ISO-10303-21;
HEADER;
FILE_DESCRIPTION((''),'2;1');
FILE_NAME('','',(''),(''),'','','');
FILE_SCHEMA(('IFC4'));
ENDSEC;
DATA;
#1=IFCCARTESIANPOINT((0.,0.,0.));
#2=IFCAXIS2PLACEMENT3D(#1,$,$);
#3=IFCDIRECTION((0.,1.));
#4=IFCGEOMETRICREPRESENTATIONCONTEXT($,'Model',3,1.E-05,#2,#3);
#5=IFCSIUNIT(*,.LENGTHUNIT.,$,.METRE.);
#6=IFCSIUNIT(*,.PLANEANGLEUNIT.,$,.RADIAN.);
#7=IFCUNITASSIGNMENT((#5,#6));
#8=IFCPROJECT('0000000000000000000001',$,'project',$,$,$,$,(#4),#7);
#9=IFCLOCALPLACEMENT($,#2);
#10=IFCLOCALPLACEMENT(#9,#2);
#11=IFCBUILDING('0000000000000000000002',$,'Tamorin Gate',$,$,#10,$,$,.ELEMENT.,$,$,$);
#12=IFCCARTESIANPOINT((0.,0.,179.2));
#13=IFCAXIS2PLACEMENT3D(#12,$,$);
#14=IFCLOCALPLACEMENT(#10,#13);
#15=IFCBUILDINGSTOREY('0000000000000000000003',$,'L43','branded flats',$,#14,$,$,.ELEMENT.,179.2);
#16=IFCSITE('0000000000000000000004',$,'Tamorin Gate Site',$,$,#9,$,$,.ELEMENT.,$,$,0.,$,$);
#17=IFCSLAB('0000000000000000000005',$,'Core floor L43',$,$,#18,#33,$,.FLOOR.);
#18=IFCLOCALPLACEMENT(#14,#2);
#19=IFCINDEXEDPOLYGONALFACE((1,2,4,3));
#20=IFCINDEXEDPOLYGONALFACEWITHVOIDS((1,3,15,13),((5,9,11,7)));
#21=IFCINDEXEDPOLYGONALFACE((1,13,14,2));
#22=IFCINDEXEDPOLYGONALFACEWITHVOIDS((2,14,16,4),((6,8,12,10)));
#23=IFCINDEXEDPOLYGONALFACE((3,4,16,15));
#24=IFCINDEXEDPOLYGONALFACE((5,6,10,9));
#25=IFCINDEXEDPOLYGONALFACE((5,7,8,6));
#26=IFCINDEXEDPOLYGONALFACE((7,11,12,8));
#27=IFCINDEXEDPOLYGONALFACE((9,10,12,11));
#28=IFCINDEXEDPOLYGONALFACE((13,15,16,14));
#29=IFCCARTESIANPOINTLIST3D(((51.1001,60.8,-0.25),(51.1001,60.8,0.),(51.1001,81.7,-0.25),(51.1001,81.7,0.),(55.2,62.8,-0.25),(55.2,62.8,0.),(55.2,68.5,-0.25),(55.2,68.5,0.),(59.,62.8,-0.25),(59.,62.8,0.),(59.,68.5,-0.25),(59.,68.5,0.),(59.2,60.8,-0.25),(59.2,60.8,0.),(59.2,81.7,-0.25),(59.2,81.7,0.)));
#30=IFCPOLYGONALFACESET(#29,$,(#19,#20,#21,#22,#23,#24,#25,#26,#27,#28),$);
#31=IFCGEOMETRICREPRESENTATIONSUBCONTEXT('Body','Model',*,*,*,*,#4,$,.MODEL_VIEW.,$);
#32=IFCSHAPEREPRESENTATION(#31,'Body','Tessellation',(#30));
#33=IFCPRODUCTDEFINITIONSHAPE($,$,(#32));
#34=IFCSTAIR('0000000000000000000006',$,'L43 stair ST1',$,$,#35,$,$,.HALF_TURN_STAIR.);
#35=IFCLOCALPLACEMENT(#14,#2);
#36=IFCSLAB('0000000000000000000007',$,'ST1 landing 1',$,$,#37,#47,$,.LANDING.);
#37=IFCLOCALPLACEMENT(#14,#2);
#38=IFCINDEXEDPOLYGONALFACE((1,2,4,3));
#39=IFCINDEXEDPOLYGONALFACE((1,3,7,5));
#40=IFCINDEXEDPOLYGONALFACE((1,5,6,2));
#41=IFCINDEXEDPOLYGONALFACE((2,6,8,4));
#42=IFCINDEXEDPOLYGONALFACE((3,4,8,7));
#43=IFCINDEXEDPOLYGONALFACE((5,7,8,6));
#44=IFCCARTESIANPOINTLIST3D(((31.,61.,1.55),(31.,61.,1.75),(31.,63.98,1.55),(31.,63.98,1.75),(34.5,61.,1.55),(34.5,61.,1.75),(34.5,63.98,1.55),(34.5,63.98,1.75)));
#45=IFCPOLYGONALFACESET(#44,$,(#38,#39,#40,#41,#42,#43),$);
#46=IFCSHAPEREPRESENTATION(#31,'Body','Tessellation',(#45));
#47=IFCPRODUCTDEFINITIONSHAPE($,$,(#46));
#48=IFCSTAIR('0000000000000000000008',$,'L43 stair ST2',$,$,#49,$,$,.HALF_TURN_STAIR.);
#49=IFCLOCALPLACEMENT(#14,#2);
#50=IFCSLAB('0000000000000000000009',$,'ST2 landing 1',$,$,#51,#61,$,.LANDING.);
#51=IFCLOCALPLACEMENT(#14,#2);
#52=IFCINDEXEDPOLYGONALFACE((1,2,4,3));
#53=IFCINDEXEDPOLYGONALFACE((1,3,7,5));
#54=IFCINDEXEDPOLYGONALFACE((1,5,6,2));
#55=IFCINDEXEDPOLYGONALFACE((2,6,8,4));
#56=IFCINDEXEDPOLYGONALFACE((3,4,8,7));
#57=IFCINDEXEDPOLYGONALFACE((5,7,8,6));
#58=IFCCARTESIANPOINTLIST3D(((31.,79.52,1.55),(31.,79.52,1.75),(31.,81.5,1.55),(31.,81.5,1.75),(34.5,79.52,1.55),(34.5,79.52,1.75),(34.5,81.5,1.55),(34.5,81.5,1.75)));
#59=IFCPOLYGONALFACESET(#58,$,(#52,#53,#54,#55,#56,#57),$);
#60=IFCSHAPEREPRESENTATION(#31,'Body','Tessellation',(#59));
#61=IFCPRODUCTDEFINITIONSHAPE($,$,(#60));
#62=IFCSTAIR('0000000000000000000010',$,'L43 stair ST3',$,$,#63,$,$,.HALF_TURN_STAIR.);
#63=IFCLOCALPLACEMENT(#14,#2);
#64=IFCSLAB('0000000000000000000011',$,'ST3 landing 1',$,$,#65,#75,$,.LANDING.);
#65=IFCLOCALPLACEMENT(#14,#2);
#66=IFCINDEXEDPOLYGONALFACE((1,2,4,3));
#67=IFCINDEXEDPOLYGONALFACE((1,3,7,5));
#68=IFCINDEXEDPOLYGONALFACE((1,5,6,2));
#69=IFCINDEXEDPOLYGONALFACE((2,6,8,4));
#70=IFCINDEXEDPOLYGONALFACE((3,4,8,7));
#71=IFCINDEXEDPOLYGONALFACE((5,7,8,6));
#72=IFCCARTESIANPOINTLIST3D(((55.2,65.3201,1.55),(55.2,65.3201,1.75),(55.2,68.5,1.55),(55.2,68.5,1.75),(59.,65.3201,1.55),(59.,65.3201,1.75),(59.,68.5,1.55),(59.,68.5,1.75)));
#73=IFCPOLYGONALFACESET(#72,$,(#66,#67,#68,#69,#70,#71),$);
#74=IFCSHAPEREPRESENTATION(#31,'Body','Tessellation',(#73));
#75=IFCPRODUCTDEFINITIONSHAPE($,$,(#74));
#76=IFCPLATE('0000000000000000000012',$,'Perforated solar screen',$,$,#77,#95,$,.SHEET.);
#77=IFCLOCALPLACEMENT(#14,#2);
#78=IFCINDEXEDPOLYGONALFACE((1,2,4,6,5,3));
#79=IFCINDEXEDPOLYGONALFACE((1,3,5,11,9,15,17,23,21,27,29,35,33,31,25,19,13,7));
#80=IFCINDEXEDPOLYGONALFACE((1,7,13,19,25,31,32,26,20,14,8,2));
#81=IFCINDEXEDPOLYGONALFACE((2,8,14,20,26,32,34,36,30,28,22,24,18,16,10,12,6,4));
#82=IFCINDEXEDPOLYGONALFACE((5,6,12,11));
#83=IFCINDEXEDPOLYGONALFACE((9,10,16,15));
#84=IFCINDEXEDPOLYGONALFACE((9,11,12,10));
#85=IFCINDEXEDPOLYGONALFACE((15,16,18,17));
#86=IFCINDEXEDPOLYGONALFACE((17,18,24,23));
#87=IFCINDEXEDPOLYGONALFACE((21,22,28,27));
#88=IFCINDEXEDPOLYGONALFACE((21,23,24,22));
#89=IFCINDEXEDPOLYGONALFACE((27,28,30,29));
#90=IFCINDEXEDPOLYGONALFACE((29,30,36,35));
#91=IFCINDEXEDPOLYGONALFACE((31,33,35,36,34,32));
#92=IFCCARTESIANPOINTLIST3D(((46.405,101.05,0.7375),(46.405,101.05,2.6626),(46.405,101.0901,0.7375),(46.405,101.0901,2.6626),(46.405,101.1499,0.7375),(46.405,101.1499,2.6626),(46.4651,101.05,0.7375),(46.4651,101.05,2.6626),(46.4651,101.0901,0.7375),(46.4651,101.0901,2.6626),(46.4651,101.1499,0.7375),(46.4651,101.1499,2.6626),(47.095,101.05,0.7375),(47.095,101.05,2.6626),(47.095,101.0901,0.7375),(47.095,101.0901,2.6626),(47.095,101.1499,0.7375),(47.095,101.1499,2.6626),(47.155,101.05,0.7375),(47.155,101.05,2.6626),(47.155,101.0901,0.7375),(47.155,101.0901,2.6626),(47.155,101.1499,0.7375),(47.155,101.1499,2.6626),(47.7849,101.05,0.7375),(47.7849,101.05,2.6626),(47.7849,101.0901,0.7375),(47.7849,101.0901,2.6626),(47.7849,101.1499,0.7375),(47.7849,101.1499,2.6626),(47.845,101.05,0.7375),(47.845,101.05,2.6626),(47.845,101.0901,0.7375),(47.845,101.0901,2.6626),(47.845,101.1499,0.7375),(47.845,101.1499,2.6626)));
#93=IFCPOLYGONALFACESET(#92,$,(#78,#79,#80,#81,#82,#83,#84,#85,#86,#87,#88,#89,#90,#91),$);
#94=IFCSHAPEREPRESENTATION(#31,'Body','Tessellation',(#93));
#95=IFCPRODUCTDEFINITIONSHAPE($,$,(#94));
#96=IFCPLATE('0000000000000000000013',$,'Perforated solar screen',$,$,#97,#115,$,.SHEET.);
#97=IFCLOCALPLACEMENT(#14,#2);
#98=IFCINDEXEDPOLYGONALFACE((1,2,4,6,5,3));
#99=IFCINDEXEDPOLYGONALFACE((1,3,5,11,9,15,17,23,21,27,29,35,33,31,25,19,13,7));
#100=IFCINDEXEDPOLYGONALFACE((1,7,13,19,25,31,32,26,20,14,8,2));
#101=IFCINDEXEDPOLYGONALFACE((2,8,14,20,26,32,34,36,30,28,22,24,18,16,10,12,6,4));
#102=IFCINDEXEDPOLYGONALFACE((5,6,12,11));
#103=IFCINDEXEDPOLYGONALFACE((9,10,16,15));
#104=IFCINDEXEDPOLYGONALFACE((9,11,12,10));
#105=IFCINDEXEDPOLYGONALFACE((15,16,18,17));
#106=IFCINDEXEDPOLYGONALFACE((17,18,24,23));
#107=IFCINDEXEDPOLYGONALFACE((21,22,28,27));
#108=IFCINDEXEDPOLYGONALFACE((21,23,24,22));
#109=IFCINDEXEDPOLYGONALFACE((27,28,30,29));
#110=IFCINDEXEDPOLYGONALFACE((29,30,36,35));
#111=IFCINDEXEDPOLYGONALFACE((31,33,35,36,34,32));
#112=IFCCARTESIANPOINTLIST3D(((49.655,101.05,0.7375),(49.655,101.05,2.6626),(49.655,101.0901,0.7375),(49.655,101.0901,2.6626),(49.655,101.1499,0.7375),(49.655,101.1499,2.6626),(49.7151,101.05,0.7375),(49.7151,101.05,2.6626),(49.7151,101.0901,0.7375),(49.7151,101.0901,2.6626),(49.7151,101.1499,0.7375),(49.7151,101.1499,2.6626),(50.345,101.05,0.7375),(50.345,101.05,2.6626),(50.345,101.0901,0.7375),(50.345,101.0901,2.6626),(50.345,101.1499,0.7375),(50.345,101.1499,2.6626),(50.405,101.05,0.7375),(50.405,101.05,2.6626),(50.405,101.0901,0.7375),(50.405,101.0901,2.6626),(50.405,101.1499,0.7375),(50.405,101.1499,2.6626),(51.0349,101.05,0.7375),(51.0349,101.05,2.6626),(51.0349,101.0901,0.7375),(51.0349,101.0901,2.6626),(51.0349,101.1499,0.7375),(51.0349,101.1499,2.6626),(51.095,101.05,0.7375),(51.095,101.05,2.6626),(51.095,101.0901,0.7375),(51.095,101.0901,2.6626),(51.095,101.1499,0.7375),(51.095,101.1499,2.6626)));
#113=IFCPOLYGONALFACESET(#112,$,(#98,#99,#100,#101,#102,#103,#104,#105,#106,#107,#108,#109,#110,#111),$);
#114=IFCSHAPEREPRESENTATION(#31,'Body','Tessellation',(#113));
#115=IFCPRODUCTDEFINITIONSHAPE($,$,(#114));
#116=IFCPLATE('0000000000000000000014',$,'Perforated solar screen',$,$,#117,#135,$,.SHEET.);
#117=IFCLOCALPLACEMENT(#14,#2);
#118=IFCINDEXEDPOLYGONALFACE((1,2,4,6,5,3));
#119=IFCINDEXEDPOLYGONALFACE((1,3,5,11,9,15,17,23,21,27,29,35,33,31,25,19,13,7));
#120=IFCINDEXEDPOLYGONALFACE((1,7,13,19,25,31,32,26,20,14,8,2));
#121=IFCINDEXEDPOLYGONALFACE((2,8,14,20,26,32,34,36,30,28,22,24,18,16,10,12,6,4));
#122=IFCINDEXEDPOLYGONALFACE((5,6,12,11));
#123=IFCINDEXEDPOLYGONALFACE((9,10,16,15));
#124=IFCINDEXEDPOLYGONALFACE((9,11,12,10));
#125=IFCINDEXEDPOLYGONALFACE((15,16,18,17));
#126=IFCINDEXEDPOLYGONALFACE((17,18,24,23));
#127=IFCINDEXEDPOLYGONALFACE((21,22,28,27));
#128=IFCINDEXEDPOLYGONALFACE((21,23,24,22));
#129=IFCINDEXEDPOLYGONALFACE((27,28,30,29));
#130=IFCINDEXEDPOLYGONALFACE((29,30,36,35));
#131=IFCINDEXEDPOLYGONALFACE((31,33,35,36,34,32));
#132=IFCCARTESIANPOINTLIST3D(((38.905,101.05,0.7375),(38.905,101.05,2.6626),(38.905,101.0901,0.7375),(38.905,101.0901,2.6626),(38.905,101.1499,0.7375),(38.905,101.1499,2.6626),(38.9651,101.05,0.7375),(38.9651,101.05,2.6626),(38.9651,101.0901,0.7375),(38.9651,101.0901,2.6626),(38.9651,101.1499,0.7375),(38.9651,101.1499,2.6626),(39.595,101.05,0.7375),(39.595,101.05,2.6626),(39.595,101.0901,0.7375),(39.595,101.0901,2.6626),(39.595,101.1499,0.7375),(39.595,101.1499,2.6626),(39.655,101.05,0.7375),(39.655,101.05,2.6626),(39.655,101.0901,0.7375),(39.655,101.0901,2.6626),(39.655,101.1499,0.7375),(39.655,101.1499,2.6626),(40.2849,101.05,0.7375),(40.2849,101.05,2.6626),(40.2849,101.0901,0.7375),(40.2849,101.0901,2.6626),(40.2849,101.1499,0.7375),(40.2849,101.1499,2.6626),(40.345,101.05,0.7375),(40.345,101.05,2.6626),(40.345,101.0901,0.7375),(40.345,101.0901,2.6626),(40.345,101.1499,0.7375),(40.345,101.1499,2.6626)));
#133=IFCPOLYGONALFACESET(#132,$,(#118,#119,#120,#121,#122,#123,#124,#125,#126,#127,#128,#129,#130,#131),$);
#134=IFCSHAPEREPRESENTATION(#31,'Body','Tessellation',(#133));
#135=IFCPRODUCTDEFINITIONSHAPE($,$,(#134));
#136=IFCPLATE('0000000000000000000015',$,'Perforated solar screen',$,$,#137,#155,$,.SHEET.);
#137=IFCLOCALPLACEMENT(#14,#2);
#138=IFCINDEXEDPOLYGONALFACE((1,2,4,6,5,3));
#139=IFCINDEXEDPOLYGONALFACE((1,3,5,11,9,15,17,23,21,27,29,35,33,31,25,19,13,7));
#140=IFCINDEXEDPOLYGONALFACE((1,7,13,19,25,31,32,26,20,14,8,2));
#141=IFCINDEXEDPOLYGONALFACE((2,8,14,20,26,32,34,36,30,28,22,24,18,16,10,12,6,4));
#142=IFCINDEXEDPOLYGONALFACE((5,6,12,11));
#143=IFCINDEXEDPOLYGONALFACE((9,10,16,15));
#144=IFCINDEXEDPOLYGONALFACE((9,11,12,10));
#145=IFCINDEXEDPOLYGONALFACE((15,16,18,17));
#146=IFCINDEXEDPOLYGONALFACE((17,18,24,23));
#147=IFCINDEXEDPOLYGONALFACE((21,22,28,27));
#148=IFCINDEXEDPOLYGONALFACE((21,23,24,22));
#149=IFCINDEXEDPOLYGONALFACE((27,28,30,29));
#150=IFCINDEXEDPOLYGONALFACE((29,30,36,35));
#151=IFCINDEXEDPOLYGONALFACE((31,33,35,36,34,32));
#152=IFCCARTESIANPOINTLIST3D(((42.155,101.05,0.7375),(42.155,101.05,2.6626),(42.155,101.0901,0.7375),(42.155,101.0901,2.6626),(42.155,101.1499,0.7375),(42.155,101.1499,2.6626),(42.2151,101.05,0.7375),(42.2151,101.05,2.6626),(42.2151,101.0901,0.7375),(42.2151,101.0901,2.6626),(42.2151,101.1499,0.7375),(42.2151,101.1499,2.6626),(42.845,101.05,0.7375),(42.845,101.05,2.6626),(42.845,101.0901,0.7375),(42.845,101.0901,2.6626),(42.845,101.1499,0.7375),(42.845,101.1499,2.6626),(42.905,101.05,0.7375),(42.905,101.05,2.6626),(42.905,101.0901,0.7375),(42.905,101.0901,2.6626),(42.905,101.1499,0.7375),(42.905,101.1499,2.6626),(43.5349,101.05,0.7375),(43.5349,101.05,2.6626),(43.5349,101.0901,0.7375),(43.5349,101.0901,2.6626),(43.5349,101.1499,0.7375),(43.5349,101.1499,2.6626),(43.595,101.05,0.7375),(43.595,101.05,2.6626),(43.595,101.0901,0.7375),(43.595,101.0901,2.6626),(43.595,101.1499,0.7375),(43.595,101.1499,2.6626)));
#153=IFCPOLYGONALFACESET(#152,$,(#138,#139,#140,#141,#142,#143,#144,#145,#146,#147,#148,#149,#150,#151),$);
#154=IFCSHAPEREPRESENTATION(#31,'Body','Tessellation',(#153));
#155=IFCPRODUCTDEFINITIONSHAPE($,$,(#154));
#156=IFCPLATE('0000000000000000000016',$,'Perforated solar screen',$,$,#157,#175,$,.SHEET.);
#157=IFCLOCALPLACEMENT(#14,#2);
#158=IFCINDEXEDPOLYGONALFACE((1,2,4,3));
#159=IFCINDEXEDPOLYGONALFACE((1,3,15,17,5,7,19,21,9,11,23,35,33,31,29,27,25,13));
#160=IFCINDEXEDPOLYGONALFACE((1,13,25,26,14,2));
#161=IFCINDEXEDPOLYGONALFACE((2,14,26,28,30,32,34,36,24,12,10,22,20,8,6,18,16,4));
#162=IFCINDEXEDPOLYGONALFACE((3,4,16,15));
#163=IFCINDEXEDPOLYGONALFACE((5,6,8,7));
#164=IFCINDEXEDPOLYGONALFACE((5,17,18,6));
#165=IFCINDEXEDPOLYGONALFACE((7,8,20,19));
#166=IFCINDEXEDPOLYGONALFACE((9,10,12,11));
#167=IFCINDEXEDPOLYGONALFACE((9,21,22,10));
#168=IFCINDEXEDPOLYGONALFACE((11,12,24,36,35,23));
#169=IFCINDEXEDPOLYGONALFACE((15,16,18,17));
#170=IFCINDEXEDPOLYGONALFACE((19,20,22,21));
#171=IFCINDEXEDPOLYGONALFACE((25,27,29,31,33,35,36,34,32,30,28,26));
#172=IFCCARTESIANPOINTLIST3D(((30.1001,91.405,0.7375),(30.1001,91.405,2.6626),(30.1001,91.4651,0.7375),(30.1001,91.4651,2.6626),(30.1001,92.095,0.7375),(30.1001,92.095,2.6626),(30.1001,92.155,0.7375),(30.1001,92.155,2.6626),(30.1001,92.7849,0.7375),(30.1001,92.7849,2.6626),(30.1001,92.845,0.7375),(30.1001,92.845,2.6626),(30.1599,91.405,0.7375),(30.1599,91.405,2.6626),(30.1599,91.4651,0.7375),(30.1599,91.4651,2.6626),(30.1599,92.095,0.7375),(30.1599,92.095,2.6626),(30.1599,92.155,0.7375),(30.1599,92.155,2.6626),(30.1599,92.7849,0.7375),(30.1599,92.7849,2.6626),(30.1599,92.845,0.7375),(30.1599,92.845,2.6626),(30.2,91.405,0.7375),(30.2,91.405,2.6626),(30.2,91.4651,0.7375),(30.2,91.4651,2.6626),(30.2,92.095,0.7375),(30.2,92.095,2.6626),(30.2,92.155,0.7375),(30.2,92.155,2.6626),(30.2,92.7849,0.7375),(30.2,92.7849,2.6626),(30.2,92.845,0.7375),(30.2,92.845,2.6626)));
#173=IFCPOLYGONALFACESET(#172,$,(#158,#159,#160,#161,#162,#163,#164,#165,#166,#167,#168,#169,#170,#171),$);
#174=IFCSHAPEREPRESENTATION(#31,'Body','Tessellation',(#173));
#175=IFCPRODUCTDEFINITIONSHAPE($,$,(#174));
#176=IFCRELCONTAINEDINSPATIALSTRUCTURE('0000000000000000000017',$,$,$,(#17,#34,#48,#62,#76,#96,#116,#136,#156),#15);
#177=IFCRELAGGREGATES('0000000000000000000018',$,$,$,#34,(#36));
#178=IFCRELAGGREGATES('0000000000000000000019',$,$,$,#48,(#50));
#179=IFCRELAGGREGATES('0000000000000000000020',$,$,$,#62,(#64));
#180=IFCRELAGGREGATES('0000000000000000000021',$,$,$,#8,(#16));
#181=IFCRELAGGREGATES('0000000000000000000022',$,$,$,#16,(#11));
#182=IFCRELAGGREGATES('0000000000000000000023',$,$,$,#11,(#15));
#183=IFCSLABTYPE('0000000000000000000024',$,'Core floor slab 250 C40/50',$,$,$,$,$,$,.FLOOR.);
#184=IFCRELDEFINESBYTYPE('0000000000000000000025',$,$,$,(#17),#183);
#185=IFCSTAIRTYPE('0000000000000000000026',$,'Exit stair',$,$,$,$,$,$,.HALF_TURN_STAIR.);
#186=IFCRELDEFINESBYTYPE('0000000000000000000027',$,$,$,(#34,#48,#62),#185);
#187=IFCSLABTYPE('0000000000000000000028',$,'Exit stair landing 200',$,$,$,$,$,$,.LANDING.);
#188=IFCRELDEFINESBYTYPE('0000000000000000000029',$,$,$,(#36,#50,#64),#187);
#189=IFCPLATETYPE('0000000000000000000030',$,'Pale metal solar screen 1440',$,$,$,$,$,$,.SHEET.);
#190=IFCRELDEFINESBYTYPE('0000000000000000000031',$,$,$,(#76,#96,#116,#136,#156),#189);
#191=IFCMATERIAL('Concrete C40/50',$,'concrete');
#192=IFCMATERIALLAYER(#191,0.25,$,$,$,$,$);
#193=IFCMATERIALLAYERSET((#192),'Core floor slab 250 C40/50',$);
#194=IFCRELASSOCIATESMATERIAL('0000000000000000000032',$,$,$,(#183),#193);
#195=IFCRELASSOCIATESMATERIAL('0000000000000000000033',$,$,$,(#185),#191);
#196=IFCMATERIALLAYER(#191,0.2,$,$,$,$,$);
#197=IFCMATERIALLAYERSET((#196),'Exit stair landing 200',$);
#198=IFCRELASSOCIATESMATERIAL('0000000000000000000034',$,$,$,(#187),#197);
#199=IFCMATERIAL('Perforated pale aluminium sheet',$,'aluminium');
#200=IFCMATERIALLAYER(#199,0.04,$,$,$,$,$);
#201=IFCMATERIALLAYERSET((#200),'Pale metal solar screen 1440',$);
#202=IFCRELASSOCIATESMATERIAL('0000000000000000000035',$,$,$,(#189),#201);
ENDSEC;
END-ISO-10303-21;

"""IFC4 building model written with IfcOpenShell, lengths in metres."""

from ifc_helpers import new_model, si_unit, direction, frame, origin, place, context, subcontext, project, spatial, polyline, outline, extrude, material, layer, layer_set, type_object, element, aggregate, save


model = new_model("IFC4")

# Units and contexts
model_context = context("Model", 3, precision=1e-05, world=origin(), true_north=direction((0.0, 1.0)))
body_context = subcontext(model_context, "Body", "Model", "MODEL_VIEW")
ifc_project = project(units=[si_unit("LENGTHUNIT", "METRE"), si_unit("PLANEANGLEUNIT", "RADIAN")], contexts=[model_context])

# Site, building, storey
site_placement = place(None, origin())
site = spatial("IfcSite", under=ifc_project, at=site_placement, Name="Tamorin Gate Site", CompositionType="ELEMENT", RefElevation=0.0)
building_placement = place(site_placement, origin())
building = spatial("IfcBuilding", under=site, at=building_placement, Name="Tamorin Gate", CompositionType="ELEMENT")
storey_placement = place(building_placement, frame((0.0, 0.0, 179.2)))
storey = spatial("IfcBuildingStorey", under=building, at=storey_placement, Name="L43", Description="branded flats", CompositionType="ELEMENT", Elevation=179.2)

# Slab
ifc_material_1 = material(Name="Concrete C40/50", Category="concrete")
ifc_layer_1 = layer(ifc_material_1, 0.25)
ifc_layer_set_1 = layer_set([ifc_layer_1], Name="Core floor slab 250 C40/50")
slab_type_1 = type_object("IfcSlabType", Name="Core floor slab 250 C40/50", PredefinedType="FLOOR", material=ifc_layer_set_1)
slab_1_placement = place(storey_placement, frame((0.0, 0.0, -0.25)))
element("IfcSlab", 1, at=slab_1_placement, inside=storey, type_object=slab_type_1, Name="Core floor L43", PredefinedType="FLOOR", context=body_context, shape_type="SweptSolid", body=[
    extrude(outline(polyline([(51.1001, 81.7), (59.2, 81.7), (59.2, 60.8), (51.1001, 60.8), (51.1001, 81.7)]), holes=[polyline([(55.2, 62.8), (59.0, 62.8), (59.0, 68.5), (55.2, 68.5), (55.2, 62.8)])]), origin(), (0.0, 0.0, 1.0), 0.25),
])

# Stairs, slabs
stair_type = type_object("IfcStairType", Name="Exit stair", PredefinedType="HALF_TURN_STAIR", material=ifc_material_1)
stair_1_placement = place(storey_placement, origin())
stair_1 = element("IfcStair", 2, at=stair_1_placement, inside=storey, type_object=stair_type, Name="L43 stair ST1", PredefinedType="HALF_TURN_STAIR")
ifc_layer_2 = layer(ifc_material_1, 0.2)
ifc_layer_set_2 = layer_set([ifc_layer_2], Name="Exit stair landing 200")
slab_type_2 = type_object("IfcSlabType", Name="Exit stair landing 200", PredefinedType="LANDING", material=ifc_layer_set_2)
slab_2_placement = place(storey_placement, frame((0.0, 0.0, 1.55)))
slab_2 = element("IfcSlab", 3, at=slab_2_placement, type_object=slab_type_2, Name="ST1 landing 1", PredefinedType="LANDING", context=body_context, shape_type="SweptSolid", body=[
    extrude(outline(polyline([(31.0, 63.98), (31.0, 61.0), (34.5, 61.0), (34.5, 63.98), (31.0, 63.98)])), origin(), (0.0, 0.0, 1.0), 0.2),
])
aggregate(stair_1, [slab_2])
stair_2_placement = place(storey_placement, origin())
stair_2 = element("IfcStair", 4, at=stair_2_placement, inside=storey, type_object=stair_type, Name="L43 stair ST2", PredefinedType="HALF_TURN_STAIR")
slab_3_placement = place(storey_placement, frame((0.0, 0.0, 1.55)))
slab_3 = element("IfcSlab", 5, at=slab_3_placement, type_object=slab_type_2, Name="ST2 landing 1", PredefinedType="LANDING", context=body_context, shape_type="SweptSolid", body=[
    extrude(outline(polyline([(34.5, 79.52), (34.5, 81.5), (31.0, 81.5), (31.0, 79.52), (34.5, 79.52)])), origin(), (0.0, 0.0, 1.0), 0.2),
])
aggregate(stair_2, [slab_3])
stair_3_placement = place(storey_placement, origin())
stair_3 = element("IfcStair", 6, at=stair_3_placement, inside=storey, type_object=stair_type, Name="L43 stair ST3", PredefinedType="HALF_TURN_STAIR")
slab_4_placement = place(storey_placement, frame((0.0, 0.0, 1.55)))
slab_4 = element("IfcSlab", 7, at=slab_4_placement, type_object=slab_type_2, Name="ST3 landing 1", PredefinedType="LANDING", context=body_context, shape_type="SweptSolid", body=[
    extrude(outline(polyline([(59.0, 65.3201), (59.0, 68.5), (55.2, 68.5), (55.2, 65.3201), (59.0, 65.3201)])), origin(), (0.0, 0.0, 1.0), 0.2),
])
aggregate(stair_3, [slab_4])

# Plates
ifc_material_2 = material(Name="Perforated pale aluminium sheet", Category="aluminium")
ifc_layer_3 = layer(ifc_material_2, 0.04)
ifc_layer_set_3 = layer_set([ifc_layer_3], Name="Pale metal solar screen 1440")
plate_type_1 = type_object("IfcPlateType", Name="Pale metal solar screen 1440", PredefinedType="SHEET", material=ifc_layer_set_3)
plate_1_placement = place(storey_placement, frame((0.0, 0.0, 0.7375)))
element("IfcPlate", 8, at=plate_1_placement, inside=storey, type_object=plate_type_1, Name="Perforated solar screen", PredefinedType="SHEET", context=body_context, shape_type="SweptSolid", body=[
    extrude(outline(polyline([(47.845, 101.0901), (47.845, 101.05), (47.7849, 101.05), (47.155, 101.05), (47.095, 101.05), (46.4651, 101.05), (46.405, 101.05), (46.405, 101.0901), (46.405, 101.1499), (46.4651, 101.1499), (46.4651, 101.0901), (47.095, 101.0901), (47.095, 101.1499), (47.155, 101.1499), (47.155, 101.0901), (47.7849, 101.0901), (47.7849, 101.1499), (47.845, 101.1499), (47.845, 101.0901)])), origin(), (0.0, 0.0, 1.0), 1.925),
])
plate_2_placement = place(storey_placement, frame((0.0, 0.0, 0.7375)))
element("IfcPlate", 9, at=plate_2_placement, inside=storey, type_object=plate_type_1, Name="Perforated solar screen", PredefinedType="SHEET", context=body_context, shape_type="SweptSolid", body=[
    extrude(outline(polyline([(51.095, 101.0901), (51.095, 101.05), (51.0349, 101.05), (50.405, 101.05), (50.345, 101.05), (49.7151, 101.05), (49.655, 101.05), (49.655, 101.0901), (49.655, 101.1499), (49.7151, 101.1499), (49.7151, 101.0901), (50.345, 101.0901), (50.345, 101.1499), (50.405, 101.1499), (50.405, 101.0901), (51.0349, 101.0901), (51.0349, 101.1499), (51.095, 101.1499), (51.095, 101.0901)])), origin(), (0.0, 0.0, 1.0), 1.925),
])
plate_3_placement = place(storey_placement, frame((0.0, 0.0, 0.7375)))
element("IfcPlate", 10, at=plate_3_placement, inside=storey, type_object=plate_type_1, Name="Perforated solar screen", PredefinedType="SHEET", context=body_context, shape_type="SweptSolid", body=[
    extrude(outline(polyline([(40.345, 101.0901), (40.345, 101.05), (40.2849, 101.05), (39.655, 101.05), (39.595, 101.05), (38.9651, 101.05), (38.905, 101.05), (38.905, 101.0901), (38.905, 101.1499), (38.9651, 101.1499), (38.9651, 101.0901), (39.595, 101.0901), (39.595, 101.1499), (39.655, 101.1499), (39.655, 101.0901), (40.2849, 101.0901), (40.2849, 101.1499), (40.345, 101.1499), (40.345, 101.0901)])), origin(), (0.0, 0.0, 1.0), 1.925),
])
plate_4_placement = place(storey_placement, frame((0.0, 0.0, 0.7375)))
element("IfcPlate", 11, at=plate_4_placement, inside=storey, type_object=plate_type_1, Name="Perforated solar screen", PredefinedType="SHEET", context=body_context, shape_type="SweptSolid", body=[
    extrude(outline(polyline([(43.595, 101.0901), (43.595, 101.05), (43.5349, 101.05), (42.905, 101.05), (42.845, 101.05), (42.2151, 101.05), (42.155, 101.05), (42.155, 101.0901), (42.155, 101.1499), (42.2151, 101.1499), (42.2151, 101.0901), (42.845, 101.0901), (42.845, 101.1499), (42.905, 101.1499), (42.905, 101.0901), (43.5349, 101.0901), (43.5349, 101.1499), (43.595, 101.1499), (43.595, 101.0901)])), origin(), (0.0, 0.0, 1.0), 1.925),
])
plate_5_placement = place(storey_placement, frame((0.0, 0.0, 0.7375)))
element("IfcPlate", 12, at=plate_5_placement, inside=storey, type_object=plate_type_1, Name="Perforated solar screen", PredefinedType="SHEET", context=body_context, shape_type="SweptSolid", body=[
    extrude(outline(polyline([(30.1599, 92.845), (30.2, 92.845), (30.2, 92.7849), (30.2, 92.155), (30.2, 92.095), (30.2, 91.4651), (30.2, 91.405), (30.2, 91.405), (30.1599, 91.405), (30.1599, 91.405), (30.1001, 91.405), (30.1001, 91.4651), (30.1599, 91.4651), (30.1599, 92.095), (30.1001, 92.095), (30.1001, 92.155), (30.1599, 92.155), (30.1599, 92.7849), (30.1001, 92.7849), (30.1001, 92.845), (30.1599, 92.845)])), origin(), (0.0, 0.0, 1.0), 1.925),
])

save(model, "model.ifc")
